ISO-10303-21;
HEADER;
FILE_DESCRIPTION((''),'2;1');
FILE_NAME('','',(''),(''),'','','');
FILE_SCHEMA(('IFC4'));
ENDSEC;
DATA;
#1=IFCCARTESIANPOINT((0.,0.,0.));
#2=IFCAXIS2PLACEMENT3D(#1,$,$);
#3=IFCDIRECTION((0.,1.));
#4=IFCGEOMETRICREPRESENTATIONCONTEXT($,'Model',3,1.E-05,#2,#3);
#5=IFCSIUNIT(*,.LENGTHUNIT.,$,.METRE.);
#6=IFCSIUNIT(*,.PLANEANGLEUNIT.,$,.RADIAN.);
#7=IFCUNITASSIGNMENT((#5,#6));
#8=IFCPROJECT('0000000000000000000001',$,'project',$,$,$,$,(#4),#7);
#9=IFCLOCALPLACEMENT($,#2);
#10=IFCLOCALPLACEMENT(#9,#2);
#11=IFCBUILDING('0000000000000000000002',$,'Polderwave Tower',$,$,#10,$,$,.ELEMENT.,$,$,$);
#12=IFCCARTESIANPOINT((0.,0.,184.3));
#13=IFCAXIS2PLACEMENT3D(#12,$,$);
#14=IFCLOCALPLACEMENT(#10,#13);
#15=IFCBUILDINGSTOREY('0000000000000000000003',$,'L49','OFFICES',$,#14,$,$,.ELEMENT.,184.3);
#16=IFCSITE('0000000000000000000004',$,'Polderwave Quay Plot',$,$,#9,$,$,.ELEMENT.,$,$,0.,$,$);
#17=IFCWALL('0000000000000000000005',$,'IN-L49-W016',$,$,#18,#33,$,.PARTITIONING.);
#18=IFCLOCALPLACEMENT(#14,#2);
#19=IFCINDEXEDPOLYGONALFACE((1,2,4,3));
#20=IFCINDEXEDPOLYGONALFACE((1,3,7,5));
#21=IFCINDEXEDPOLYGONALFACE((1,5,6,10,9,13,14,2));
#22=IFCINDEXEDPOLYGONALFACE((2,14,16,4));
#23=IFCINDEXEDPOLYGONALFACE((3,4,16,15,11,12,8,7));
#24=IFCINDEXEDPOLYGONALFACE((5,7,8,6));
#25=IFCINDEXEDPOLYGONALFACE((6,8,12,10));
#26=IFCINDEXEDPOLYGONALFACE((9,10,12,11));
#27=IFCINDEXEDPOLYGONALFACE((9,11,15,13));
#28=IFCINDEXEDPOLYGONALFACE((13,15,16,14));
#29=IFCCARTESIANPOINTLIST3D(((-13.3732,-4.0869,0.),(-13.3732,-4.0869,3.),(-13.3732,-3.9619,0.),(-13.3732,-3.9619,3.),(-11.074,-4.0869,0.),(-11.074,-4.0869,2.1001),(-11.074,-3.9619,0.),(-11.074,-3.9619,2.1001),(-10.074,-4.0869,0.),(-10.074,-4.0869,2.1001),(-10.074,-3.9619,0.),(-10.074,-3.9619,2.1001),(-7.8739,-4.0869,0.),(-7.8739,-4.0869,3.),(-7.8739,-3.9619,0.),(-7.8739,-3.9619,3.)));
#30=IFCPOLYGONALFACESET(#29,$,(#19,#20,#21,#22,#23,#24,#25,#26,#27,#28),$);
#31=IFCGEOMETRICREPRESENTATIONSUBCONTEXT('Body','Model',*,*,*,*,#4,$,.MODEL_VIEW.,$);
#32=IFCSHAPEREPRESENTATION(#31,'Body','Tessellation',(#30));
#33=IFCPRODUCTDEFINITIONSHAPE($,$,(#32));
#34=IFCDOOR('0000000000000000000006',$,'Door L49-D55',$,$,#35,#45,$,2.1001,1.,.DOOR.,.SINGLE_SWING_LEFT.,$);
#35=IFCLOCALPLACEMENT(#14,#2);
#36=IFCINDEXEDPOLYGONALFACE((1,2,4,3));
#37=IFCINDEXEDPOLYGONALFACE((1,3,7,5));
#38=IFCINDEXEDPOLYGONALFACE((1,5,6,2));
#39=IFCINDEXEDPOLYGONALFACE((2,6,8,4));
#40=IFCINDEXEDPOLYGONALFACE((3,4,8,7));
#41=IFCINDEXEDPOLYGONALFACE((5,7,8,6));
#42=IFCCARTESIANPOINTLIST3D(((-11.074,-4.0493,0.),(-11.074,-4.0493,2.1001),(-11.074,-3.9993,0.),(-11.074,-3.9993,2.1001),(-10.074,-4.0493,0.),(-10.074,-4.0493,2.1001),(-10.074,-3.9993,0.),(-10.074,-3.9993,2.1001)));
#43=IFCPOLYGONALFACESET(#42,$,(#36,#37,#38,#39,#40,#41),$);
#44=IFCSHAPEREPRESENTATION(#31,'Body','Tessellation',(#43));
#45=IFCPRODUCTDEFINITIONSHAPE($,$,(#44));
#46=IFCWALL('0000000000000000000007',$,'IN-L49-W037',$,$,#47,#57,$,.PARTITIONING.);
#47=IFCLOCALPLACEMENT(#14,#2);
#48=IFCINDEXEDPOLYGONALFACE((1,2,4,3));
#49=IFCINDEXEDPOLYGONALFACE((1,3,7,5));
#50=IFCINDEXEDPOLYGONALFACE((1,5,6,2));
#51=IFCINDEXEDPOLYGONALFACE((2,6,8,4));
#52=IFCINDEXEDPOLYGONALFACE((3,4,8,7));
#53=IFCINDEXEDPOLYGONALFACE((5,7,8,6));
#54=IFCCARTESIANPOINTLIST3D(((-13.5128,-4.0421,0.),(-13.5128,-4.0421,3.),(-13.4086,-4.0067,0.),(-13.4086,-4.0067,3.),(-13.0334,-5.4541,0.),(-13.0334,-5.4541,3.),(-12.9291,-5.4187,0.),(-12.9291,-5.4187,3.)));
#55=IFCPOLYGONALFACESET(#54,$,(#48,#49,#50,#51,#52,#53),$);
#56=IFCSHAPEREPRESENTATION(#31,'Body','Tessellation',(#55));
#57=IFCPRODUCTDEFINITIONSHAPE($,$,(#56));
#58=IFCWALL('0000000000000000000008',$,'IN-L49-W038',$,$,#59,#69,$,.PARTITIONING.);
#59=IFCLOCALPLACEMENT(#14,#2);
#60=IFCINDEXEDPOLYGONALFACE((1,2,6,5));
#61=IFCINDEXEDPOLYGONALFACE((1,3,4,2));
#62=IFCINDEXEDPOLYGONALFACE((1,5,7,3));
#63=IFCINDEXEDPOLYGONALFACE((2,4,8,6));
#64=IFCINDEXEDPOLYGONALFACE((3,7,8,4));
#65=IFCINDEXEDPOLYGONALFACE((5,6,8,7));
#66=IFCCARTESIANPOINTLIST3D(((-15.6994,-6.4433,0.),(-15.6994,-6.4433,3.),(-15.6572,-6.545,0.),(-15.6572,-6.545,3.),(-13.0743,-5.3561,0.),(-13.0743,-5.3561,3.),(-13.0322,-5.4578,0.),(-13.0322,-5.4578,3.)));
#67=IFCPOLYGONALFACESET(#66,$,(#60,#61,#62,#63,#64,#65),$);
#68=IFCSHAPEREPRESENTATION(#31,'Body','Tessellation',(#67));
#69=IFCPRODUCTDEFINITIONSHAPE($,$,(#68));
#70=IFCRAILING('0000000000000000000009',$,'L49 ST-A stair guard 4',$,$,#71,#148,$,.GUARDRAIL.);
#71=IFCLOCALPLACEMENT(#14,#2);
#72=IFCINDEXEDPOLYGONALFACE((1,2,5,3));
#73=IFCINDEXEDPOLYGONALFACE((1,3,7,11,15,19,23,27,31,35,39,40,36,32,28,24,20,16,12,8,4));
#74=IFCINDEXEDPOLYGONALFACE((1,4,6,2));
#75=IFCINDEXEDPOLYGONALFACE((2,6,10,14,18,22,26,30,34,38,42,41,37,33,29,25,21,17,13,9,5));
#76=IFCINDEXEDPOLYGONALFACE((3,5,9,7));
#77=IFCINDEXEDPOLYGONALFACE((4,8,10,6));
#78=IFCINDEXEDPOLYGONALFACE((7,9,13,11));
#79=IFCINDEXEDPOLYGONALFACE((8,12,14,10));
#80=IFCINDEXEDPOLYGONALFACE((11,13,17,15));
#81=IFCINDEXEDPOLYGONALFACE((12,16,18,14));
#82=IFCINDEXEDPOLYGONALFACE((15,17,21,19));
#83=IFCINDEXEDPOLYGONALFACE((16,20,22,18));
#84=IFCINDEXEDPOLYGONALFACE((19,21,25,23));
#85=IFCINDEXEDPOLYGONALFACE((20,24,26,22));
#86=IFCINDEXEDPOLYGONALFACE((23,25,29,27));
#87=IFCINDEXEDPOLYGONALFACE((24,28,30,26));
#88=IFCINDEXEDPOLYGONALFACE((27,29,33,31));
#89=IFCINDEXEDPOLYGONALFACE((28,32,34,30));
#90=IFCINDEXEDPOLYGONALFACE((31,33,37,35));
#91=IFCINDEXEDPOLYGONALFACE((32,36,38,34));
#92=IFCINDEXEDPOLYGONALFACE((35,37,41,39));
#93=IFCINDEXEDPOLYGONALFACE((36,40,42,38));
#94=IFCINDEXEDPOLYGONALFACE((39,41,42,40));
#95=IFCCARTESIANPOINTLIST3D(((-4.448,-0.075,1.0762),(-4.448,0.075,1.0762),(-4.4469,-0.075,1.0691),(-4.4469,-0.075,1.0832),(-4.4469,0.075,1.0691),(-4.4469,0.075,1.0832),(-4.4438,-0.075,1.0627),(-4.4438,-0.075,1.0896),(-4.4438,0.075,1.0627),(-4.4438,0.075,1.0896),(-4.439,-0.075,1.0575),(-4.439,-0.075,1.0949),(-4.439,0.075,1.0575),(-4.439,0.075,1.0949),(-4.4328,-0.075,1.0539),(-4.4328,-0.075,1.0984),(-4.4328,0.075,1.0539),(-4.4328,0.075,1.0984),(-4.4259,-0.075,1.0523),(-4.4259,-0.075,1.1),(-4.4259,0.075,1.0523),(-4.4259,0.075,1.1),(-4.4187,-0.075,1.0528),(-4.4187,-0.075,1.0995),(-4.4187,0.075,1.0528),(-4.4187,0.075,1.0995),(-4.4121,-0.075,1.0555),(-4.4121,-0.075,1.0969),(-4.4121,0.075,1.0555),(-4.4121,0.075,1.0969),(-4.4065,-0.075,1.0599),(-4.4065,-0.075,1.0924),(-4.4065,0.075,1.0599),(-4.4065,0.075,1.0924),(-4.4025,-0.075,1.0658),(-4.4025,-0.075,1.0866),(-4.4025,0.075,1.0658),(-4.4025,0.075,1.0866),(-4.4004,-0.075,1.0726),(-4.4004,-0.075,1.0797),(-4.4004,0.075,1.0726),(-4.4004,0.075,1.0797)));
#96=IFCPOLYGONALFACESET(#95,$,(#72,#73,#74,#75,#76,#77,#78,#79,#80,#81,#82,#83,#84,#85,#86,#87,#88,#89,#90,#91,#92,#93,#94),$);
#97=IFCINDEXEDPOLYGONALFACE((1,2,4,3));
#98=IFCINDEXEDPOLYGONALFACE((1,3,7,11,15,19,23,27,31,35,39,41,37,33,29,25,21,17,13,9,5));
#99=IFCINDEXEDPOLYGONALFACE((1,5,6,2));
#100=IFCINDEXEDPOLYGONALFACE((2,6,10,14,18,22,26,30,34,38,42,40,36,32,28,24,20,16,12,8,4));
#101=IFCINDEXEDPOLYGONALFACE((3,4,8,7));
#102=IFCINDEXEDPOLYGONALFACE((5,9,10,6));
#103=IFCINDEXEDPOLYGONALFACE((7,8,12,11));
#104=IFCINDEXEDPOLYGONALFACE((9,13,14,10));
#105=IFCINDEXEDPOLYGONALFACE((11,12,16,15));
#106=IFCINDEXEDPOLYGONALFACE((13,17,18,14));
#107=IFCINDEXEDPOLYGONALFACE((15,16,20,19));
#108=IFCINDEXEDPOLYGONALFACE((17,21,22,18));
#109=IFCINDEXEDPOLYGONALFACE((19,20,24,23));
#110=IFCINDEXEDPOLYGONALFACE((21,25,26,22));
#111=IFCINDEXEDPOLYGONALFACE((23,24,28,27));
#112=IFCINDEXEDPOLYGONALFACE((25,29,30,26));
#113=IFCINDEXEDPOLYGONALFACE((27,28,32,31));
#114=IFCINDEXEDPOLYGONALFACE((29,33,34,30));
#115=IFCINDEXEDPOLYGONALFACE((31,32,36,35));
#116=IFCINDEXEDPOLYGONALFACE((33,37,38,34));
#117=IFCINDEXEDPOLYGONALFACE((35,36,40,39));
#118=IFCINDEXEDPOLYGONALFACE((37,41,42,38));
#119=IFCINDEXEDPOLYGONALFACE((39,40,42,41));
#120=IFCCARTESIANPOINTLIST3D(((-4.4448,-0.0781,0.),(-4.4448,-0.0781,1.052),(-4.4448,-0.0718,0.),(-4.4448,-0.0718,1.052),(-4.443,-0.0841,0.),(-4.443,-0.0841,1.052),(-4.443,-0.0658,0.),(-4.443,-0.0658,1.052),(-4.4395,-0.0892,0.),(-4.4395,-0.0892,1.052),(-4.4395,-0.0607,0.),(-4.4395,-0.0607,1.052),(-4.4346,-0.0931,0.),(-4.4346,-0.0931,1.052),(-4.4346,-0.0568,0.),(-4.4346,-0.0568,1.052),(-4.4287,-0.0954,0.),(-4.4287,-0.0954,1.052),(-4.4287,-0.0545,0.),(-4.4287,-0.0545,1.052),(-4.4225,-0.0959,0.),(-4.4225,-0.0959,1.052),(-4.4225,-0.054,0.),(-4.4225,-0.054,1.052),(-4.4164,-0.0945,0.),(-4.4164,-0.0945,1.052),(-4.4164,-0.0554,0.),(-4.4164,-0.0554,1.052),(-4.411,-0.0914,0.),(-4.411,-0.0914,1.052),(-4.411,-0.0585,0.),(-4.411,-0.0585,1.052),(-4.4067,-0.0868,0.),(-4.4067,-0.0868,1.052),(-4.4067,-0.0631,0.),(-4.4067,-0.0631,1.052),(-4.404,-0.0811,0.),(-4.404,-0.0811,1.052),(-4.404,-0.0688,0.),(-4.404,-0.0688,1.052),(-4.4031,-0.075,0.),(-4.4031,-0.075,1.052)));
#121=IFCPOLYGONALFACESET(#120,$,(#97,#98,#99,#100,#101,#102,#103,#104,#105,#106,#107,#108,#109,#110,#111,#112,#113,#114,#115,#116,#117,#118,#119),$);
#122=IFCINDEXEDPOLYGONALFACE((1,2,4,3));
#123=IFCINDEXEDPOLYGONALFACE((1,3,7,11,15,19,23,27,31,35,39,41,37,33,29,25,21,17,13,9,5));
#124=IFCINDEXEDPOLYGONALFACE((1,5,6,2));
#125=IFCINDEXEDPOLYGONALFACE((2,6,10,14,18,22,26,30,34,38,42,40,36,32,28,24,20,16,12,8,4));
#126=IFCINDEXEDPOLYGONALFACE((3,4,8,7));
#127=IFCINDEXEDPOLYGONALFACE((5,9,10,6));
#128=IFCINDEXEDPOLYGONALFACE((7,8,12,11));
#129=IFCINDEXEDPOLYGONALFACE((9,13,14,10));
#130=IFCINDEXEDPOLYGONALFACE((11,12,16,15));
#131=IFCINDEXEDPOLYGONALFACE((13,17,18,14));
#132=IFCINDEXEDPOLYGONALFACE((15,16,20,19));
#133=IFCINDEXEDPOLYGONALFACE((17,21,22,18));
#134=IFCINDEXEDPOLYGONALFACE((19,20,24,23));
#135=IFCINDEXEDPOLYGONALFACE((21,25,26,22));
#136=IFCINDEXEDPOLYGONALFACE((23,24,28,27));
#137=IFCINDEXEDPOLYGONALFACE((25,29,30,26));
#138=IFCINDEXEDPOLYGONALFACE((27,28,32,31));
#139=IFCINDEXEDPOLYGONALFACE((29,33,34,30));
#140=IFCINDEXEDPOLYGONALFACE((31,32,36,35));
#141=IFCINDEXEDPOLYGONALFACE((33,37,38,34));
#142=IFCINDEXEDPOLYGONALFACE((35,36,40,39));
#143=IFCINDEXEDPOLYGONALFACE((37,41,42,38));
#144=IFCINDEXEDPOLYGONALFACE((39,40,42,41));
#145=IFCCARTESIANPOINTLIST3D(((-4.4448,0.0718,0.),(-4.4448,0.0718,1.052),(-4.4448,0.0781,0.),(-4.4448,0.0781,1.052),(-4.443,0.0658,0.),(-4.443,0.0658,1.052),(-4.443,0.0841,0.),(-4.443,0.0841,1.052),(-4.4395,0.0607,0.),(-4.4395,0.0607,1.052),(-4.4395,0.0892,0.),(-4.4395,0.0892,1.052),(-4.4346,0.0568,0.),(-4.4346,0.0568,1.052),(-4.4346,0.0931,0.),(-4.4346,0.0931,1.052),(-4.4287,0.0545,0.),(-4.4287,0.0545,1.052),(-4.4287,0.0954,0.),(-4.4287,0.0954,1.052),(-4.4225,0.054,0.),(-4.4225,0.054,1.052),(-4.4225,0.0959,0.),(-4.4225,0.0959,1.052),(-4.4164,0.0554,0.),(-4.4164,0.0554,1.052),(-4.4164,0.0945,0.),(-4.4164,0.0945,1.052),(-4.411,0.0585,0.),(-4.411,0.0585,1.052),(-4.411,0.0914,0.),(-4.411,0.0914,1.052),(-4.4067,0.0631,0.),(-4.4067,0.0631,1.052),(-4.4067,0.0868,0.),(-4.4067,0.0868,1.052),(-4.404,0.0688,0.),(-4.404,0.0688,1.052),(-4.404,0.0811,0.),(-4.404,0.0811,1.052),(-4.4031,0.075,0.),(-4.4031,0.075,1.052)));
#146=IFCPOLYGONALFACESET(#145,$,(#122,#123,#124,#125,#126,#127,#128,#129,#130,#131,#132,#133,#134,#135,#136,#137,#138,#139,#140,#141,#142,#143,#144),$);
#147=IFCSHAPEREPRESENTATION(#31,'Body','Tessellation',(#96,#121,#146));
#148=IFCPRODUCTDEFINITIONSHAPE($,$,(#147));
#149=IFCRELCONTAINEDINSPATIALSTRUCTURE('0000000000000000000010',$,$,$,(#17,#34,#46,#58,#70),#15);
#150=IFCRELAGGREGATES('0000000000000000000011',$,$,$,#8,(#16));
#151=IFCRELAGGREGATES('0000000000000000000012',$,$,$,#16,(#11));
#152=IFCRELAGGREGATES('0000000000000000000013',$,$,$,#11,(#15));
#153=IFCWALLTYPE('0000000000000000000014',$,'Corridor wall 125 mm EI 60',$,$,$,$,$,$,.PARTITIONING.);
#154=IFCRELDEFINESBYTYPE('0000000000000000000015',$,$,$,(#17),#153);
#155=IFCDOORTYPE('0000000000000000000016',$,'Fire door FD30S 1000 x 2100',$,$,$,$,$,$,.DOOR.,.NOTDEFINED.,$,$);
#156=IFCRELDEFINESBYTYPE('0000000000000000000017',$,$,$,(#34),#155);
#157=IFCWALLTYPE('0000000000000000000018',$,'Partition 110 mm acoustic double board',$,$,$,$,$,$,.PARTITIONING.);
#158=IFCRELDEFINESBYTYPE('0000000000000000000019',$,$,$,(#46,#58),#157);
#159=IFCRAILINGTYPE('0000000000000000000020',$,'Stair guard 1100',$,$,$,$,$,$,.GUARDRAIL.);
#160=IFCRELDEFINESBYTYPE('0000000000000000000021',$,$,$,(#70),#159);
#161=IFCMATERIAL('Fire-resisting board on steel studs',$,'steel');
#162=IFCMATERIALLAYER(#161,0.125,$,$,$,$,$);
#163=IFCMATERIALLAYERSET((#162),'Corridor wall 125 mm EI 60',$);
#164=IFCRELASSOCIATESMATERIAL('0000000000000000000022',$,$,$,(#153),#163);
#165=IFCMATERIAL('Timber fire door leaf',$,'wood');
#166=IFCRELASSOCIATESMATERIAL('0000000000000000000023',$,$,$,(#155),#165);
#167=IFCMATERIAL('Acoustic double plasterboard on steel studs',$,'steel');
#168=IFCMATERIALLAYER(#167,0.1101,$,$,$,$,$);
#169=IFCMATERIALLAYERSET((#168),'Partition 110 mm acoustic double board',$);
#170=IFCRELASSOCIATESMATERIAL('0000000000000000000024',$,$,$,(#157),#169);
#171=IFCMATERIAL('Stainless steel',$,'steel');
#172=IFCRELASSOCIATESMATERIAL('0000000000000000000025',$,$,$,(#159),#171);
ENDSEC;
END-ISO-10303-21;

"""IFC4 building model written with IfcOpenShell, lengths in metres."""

from ifc_helpers import new_model, si_unit, direction, frame, frame_2d, origin, origin_2d, place, context, subcontext, project, spatial, rectangle, circle, extrude, material, layer, layer_set, type_object, element, fill, save


model = new_model("IFC4")

# Units and contexts
model_context = context("Model", 3, precision=1e-05, world=origin(), true_north=direction((0.0, 1.0)))
body_context = subcontext(model_context, "Body", "Model", "MODEL_VIEW")
ifc_project = project(units=[si_unit("LENGTHUNIT", "METRE"), si_unit("PLANEANGLEUNIT", "RADIAN")], contexts=[model_context])

# Site, building, storey
site_placement = place(None, origin())
site = spatial("IfcSite", under=ifc_project, at=site_placement, Name="Polderwave Quay Plot", CompositionType="ELEMENT", RefElevation=0.0)
building_placement = place(site_placement, origin())
building = spatial("IfcBuilding", under=site, at=building_placement, Name="Polderwave Tower", CompositionType="ELEMENT")
storey_placement = place(building_placement, frame((0.0, 0.0, 184.3)))
storey = spatial("IfcBuildingStorey", under=building, at=storey_placement, Name="L49", Description="OFFICES", CompositionType="ELEMENT", Elevation=184.3)

# Shared definitions
ifc_material_1 = material(Name="Stainless steel", Category="steel")

# Shared definitions
ifc_material_2 = material(Name="Fire-resisting board on steel studs", Category="steel")
ifc_layer_1 = layer(ifc_material_2, 0.125)
ifc_layer_set_1 = layer_set([ifc_layer_1], Name="Corridor wall 125 mm EI 60")
wall_type_1 = type_object("IfcWallType", Name="Corridor wall 125 mm EI 60", PredefinedType="PARTITIONING", material=ifc_layer_set_1)
ifc_material_3 = material(Name="Timber fire door leaf", Category="wood")
door_type_1 = type_object("IfcDoorType", Name="Fire door FD30S 1000 x 2100", OperationType="NOTDEFINED", PredefinedType="DOOR", material=ifc_material_3)

# Wall, opening, door
wall_1_placement = place(storey_placement, frame((-7.874, -4.0244, 0.0), z_axis=(0.0, 0.0, 1.0), x_axis=(-1.0, 0.0, 0.0)))
wall_1 = element("IfcWall", 1, at=wall_1_placement, inside=storey, type_object=wall_type_1, Name="IN-L49-W016", PredefinedType="PARTITIONING", context=body_context, shape_type="SweptSolid", body=[
    extrude(rectangle(XDim=5.4993, YDim=0.125, at=frame_2d((2.7495, 0.0))), origin(), (0.0, 0.0, 1.0), 3.0),
])
opening_1_placement = place(wall_1_placement, frame((2.2, 0.0, 0.0)))
opening_1 = element("IfcOpeningElement", 2, at=opening_1_placement, cuts=wall_1, PredefinedType="OPENING", context=body_context, shape_type="SweptSolid", body=[
    extrude(rectangle(XDim=1.0, YDim=2.1001, at=frame_2d((0.5, 1.05))), frame((0.0, 0.0725, 0.0), z_axis=(0.0, -1.0, 0.0), x_axis=(1.0, 0.0, 0.0)), (0.0, 0.0, 1.0), 0.145),
])
door_1_placement = place(opening_1_placement, origin())
door_1 = element("IfcDoor", 3, at=door_1_placement, inside=storey, type_object=door_type_1, Name="Door L49-D55", OperationType="SINGLE_SWING_LEFT", OverallHeight=2.1001, OverallWidth=1.0, PredefinedType="DOOR", context=body_context, shape_type="SweptSolid", body=[
    extrude(rectangle(XDim=1.0, YDim=2.1001, at=frame_2d((0.5, 1.05))), frame((0.0, 0.0249, 0.0), z_axis=(0.0, -1.0, 0.0), x_axis=(1.0, 0.0, 0.0)), (0.0, 0.0, 1.0), 0.05),
])
fill(opening_1, door_1)

# Walls
ifc_material_4 = material(Name="Acoustic double plasterboard on steel studs", Category="steel")
ifc_layer_2 = layer(ifc_material_4, 0.1101)
ifc_layer_set_2 = layer_set([ifc_layer_2], Name="Partition 110 mm acoustic double board")
wall_type_2 = type_object("IfcWallType", Name="Partition 110 mm acoustic double board", PredefinedType="PARTITIONING", material=ifc_layer_set_2)
wall_2_placement = place(storey_placement, frame((-13.4607, -4.0244, 0.0), z_axis=(0.0, 0.0, 1.0), x_axis=(0.321527, -0.9469, 0.0)))
element("IfcWall", 4, at=wall_2_placement, inside=storey, type_object=wall_type_2, Name="IN-L49-W037", PredefinedType="PARTITIONING", context=body_context, shape_type="SweptSolid", body=[
    extrude(rectangle(XDim=1.4912, YDim=0.1101, at=frame_2d((0.7456, 0.0))), origin(), (0.0, 0.0, 1.0), 3.0),
])
wall_3_placement = place(storey_placement, frame((-13.0532, -5.407, 0.0), z_axis=(0.0, 0.0, 1.0), x_axis=(-0.923898, -0.382638, 0.0)))
element("IfcWall", 5, at=wall_3_placement, inside=storey, type_object=wall_type_2, Name="IN-L49-W038", PredefinedType="PARTITIONING", context=body_context, shape_type="SweptSolid", body=[
    extrude(rectangle(XDim=2.8413, YDim=0.1101, at=frame_2d((1.4207, 0.0))), origin(), (0.0, 0.0, 1.0), 3.0),
])

# Railing
railing_type = type_object("IfcRailingType", Name="Stair guard 1100", PredefinedType="GUARDRAIL", material=ifc_material_1)
railing_placement = place(storey_placement, frame((-4.4241, -0.075, 0.0)))
element("IfcRailing", 6, at=railing_placement, inside=storey, type_object=railing_type, Name="L49 ST-A stair guard 4", PredefinedType="GUARDRAIL", context=body_context, shape_type="SweptSolid", body=[
    extrude(circle(Radius=0.0239, at=origin_2d()), frame((0.0, 0.0, 1.0762), z_axis=(0.0, 1.0, 0.0), x_axis=(-1.0, 0.0, 0.0)), (0.0, 0.0, 1.0), 0.1499),
    extrude(circle(Radius=0.021, at=origin_2d()), origin(), (0.0, 0.0, 1.0), 1.052),
    extrude(circle(Radius=0.021, at=origin_2d()), frame((0.0, 0.1499, 0.0)), (0.0, 0.0, 1.0), 1.052),
])

save(model, "model.ifc")
